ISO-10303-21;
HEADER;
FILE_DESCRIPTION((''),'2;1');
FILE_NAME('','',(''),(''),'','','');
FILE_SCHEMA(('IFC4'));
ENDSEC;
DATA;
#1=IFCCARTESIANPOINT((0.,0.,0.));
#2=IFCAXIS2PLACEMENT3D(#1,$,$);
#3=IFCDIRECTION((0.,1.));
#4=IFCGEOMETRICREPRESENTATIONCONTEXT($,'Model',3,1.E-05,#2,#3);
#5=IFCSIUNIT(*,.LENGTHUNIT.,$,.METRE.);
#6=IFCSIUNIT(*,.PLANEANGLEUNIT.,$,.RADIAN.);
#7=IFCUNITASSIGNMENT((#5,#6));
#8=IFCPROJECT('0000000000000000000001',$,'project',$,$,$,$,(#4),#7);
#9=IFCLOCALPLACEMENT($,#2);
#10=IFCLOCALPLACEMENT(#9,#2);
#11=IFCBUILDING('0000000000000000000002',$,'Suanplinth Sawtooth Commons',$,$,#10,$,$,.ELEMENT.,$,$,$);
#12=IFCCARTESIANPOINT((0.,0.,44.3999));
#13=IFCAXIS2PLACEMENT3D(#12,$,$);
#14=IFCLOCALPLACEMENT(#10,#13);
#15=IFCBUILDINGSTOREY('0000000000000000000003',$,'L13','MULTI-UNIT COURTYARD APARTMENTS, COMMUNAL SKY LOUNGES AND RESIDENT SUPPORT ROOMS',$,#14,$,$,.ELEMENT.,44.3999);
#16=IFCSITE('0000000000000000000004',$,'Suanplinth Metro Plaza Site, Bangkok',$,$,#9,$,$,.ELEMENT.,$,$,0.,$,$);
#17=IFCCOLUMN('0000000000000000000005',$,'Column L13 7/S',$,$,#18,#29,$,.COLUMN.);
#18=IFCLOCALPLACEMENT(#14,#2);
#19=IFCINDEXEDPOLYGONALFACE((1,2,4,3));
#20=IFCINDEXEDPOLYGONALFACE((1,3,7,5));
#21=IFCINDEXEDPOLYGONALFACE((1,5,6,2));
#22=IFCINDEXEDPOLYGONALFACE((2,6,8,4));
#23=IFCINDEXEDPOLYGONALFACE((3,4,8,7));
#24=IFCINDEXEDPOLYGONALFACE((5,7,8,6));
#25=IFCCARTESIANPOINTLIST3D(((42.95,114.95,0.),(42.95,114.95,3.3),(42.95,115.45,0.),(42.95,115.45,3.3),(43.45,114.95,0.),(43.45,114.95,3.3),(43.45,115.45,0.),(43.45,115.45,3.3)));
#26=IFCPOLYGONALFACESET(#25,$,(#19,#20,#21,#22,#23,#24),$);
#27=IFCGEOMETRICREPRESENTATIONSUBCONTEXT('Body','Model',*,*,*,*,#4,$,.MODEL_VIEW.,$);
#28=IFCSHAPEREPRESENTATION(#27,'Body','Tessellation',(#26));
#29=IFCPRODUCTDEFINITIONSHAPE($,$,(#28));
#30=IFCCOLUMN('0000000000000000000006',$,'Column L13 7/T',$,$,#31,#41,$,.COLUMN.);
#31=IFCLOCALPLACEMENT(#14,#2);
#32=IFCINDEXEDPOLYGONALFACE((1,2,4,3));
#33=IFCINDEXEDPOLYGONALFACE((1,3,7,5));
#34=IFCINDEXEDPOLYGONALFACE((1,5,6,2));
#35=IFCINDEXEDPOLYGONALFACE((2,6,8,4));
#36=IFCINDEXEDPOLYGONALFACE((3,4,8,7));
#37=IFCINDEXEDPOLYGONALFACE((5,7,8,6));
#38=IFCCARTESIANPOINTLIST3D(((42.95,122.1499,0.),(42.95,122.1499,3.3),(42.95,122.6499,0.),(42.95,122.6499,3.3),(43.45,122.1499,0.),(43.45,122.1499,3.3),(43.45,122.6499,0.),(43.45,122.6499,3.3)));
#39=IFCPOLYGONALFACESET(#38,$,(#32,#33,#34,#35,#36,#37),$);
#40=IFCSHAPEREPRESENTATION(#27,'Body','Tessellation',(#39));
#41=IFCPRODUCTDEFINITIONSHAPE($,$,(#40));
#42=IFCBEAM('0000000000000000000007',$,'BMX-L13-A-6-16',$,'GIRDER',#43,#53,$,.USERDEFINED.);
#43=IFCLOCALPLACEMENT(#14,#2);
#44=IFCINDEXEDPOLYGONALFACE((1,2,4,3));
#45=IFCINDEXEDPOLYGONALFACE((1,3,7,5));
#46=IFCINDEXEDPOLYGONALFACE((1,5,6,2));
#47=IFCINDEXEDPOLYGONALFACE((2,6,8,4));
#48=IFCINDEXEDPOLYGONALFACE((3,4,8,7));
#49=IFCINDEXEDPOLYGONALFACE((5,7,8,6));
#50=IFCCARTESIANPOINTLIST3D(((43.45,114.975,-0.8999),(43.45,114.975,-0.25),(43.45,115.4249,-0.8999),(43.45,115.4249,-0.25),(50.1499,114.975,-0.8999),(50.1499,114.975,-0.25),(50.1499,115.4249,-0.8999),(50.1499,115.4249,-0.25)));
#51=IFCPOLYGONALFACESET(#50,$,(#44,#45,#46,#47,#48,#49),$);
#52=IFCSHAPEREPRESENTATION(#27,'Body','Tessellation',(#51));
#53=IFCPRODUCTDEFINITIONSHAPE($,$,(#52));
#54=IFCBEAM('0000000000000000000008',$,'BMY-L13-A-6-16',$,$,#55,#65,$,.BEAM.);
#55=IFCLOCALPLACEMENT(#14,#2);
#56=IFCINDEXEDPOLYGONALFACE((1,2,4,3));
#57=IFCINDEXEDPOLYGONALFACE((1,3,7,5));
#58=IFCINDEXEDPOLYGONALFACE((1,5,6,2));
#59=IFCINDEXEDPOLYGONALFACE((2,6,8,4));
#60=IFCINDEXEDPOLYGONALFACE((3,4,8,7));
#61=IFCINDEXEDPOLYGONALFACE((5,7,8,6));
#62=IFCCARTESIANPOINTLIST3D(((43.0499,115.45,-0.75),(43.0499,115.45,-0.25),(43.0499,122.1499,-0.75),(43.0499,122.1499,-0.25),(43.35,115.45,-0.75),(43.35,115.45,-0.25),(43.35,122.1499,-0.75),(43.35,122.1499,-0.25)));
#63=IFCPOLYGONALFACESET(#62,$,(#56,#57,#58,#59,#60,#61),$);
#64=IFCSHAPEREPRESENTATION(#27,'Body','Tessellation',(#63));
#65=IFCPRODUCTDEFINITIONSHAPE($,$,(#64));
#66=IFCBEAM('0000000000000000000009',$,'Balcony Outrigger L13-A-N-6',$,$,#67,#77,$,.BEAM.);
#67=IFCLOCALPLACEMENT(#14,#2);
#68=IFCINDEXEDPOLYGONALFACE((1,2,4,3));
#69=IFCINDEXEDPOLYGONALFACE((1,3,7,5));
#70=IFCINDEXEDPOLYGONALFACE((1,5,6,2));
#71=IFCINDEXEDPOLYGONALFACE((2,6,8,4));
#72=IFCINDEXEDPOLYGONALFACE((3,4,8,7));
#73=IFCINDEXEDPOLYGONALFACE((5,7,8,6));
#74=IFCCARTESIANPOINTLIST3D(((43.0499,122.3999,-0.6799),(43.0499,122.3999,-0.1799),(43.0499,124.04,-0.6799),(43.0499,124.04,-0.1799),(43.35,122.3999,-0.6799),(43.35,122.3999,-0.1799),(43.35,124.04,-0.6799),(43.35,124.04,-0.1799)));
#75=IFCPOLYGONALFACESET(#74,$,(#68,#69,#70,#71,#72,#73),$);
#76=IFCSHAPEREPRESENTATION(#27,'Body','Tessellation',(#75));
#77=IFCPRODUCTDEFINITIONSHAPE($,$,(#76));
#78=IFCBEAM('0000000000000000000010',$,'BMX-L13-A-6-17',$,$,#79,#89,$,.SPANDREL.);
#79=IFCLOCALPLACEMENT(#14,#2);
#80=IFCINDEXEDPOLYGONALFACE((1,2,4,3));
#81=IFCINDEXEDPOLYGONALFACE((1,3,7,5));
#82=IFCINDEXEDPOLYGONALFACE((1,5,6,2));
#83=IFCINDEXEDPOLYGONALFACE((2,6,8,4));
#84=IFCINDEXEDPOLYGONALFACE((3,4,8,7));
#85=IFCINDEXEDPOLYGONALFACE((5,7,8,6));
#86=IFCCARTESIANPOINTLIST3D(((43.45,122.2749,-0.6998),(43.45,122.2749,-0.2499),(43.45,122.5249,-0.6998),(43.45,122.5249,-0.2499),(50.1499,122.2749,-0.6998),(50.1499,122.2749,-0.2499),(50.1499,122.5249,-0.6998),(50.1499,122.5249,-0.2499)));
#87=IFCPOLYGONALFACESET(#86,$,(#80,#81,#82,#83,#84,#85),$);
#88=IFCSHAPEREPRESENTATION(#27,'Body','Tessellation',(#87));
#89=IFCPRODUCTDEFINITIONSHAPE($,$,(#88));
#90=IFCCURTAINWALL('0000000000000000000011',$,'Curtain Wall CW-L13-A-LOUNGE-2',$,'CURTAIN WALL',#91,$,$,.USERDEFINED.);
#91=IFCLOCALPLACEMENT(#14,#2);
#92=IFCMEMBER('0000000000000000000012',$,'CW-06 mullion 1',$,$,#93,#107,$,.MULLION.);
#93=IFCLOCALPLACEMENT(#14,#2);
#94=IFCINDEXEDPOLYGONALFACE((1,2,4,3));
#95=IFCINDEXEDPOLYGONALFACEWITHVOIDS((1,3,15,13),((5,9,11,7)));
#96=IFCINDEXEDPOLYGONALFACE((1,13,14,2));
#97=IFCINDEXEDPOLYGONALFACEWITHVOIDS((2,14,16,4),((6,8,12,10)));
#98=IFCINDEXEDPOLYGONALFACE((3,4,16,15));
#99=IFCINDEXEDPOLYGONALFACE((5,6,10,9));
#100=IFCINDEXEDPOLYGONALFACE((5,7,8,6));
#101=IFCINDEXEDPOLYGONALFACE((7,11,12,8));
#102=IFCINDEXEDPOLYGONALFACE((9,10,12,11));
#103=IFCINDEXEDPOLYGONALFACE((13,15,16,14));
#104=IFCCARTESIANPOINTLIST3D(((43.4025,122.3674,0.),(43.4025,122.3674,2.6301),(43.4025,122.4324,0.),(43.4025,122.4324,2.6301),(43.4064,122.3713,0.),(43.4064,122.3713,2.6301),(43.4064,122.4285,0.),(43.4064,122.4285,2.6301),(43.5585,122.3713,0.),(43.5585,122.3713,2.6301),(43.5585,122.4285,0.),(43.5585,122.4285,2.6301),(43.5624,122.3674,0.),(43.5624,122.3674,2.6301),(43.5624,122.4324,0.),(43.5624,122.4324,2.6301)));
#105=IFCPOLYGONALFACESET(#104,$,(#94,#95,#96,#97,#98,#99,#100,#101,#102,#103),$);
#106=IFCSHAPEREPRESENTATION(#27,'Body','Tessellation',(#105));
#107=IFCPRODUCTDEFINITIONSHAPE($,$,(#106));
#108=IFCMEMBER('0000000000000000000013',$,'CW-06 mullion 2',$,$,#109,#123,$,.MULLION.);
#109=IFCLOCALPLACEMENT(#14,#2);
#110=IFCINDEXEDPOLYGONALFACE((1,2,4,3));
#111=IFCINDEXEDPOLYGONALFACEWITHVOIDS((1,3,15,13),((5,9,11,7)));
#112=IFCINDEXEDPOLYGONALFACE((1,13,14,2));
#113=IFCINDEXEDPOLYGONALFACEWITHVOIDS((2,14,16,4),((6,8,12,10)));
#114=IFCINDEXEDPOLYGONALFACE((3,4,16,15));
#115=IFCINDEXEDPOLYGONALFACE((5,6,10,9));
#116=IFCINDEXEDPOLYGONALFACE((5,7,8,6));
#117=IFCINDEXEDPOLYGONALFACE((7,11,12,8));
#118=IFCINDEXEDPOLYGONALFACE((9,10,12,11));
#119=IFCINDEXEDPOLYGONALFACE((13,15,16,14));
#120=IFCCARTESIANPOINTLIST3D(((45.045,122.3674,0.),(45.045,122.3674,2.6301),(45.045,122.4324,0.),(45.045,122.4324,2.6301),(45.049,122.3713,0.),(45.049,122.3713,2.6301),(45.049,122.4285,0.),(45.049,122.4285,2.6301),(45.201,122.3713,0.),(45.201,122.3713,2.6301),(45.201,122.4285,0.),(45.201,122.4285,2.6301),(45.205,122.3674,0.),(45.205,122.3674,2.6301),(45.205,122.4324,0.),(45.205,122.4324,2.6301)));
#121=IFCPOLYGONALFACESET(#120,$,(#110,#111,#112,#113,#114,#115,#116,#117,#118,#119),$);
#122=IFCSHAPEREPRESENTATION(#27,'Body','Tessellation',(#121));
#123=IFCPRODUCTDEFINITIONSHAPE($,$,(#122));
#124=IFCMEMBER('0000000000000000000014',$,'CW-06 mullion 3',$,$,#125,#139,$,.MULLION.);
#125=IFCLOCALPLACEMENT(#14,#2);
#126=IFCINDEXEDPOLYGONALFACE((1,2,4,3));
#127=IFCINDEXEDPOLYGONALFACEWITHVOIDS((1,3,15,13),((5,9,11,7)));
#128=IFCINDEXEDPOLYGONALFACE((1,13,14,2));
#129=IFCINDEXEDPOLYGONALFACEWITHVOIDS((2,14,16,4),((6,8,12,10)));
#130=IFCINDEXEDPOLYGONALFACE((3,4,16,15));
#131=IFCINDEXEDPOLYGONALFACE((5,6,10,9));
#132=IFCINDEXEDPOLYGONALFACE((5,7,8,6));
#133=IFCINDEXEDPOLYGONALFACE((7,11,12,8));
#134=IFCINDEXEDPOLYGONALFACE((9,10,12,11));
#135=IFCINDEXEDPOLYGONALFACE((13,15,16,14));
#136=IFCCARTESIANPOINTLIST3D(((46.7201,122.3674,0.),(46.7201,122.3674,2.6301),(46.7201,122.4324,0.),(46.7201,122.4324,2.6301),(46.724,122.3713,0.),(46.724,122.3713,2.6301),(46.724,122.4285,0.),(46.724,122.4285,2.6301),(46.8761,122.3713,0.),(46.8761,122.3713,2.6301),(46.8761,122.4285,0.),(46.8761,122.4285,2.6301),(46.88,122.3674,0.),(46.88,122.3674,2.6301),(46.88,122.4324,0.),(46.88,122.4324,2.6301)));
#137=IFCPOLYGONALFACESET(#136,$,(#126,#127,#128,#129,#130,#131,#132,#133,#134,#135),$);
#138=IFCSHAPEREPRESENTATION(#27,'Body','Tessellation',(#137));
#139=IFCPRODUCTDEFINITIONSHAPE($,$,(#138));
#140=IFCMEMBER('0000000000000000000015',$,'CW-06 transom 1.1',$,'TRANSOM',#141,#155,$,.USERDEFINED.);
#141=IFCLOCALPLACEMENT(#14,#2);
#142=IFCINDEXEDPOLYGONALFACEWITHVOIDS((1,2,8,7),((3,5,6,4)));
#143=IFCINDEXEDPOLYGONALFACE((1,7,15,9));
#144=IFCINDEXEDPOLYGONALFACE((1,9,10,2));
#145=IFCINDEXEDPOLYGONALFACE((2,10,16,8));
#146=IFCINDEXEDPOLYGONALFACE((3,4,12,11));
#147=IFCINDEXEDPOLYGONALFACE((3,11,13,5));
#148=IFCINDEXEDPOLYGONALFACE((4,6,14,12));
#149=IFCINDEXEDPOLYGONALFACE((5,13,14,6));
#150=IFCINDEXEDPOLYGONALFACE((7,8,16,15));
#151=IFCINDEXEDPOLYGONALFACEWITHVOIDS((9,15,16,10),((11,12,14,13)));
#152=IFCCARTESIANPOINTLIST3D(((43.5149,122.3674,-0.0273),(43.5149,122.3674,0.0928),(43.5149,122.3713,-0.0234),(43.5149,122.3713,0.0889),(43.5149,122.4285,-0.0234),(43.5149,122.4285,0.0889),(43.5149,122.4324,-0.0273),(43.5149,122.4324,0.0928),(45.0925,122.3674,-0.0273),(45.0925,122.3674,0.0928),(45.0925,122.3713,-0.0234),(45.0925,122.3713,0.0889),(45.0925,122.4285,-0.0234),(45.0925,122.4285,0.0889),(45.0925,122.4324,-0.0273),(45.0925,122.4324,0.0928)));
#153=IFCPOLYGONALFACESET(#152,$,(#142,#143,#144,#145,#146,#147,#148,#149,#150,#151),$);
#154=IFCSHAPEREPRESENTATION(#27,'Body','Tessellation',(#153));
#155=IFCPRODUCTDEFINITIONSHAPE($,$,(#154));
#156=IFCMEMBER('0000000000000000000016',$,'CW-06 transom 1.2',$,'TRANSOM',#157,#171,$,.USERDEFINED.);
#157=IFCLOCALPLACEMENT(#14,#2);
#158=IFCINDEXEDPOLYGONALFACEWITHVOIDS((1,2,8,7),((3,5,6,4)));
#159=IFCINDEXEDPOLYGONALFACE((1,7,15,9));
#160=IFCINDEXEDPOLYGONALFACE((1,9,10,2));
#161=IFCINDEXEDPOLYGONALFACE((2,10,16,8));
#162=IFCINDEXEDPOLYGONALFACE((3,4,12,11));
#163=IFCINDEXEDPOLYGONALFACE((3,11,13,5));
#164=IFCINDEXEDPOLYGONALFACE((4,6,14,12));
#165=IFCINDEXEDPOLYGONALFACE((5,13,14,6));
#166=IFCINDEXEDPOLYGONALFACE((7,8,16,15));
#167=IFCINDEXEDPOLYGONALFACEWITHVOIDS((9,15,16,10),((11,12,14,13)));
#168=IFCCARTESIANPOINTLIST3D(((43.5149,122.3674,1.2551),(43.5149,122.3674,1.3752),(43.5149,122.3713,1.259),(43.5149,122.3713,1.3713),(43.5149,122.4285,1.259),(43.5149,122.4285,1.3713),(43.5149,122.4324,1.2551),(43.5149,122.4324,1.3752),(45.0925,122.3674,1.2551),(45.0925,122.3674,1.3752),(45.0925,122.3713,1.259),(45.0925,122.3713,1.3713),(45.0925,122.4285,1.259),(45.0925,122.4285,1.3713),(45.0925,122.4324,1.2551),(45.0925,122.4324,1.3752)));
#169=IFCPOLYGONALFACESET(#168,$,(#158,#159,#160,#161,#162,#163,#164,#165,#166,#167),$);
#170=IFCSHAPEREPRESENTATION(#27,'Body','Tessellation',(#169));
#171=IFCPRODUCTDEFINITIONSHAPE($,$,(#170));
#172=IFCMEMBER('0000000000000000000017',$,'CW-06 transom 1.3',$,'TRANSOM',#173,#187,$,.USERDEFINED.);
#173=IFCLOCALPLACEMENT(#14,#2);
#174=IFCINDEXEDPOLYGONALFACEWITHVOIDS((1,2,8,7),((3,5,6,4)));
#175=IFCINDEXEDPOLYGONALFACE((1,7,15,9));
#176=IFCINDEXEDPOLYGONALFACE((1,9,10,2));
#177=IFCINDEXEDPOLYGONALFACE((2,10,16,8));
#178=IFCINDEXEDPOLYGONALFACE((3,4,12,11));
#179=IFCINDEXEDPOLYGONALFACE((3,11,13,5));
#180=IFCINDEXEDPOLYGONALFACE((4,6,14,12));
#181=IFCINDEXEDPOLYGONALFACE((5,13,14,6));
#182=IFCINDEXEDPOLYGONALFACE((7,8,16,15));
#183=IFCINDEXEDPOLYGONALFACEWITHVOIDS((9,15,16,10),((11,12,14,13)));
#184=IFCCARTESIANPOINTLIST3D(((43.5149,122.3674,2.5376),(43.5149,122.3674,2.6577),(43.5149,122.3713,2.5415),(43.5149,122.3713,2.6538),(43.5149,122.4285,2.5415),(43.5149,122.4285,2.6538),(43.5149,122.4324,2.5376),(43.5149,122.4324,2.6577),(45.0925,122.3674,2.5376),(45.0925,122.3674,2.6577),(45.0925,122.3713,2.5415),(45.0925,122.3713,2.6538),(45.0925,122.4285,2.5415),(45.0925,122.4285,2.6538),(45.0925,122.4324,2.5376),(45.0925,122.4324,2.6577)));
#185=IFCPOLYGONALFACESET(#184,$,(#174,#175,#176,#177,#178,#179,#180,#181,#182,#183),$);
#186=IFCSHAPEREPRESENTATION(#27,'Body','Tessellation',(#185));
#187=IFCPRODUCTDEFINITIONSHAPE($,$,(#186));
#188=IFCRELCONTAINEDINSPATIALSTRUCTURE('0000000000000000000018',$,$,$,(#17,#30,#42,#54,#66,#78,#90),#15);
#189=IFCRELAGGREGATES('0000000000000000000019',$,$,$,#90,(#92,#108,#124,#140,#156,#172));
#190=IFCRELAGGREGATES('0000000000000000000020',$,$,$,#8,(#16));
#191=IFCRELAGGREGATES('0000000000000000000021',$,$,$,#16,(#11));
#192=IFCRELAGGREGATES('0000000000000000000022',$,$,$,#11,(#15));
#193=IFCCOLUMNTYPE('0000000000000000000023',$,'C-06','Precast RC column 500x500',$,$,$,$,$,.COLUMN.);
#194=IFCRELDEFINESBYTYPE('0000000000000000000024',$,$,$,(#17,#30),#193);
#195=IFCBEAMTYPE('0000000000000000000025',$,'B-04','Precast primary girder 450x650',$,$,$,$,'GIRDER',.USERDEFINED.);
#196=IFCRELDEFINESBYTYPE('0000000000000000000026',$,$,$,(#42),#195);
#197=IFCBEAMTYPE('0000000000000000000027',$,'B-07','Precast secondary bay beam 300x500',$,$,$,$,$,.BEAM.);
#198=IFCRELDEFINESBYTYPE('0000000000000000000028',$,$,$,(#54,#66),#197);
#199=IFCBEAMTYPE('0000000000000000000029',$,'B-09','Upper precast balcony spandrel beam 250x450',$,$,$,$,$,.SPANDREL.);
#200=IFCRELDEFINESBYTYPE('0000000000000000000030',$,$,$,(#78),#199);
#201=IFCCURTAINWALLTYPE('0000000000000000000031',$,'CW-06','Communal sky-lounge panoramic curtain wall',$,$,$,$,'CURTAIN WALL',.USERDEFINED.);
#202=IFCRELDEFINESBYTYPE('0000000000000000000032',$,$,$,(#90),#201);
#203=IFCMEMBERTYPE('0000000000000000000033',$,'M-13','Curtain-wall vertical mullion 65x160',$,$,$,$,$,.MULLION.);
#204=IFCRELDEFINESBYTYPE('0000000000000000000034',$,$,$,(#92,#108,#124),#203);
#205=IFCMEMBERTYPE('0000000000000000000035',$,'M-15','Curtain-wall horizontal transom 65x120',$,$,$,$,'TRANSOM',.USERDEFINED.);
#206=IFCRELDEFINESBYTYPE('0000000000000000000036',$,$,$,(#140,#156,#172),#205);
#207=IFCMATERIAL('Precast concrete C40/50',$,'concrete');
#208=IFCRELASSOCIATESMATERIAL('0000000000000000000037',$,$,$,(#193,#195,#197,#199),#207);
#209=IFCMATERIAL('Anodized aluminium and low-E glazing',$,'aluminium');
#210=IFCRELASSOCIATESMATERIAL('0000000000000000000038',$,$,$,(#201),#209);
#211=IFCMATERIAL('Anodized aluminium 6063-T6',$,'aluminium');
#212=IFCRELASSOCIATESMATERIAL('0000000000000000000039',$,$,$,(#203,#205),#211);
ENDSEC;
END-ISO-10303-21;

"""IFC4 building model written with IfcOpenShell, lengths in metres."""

from ifc_helpers import new_model, si_unit, direction, frame, origin, origin_2d, place, context, subcontext, project, spatial, rectangle, hollow_rectangle, extrude, material, material_profile, profile_set, type_object, element, aggregate, save


model = new_model("IFC4")

# Units and contexts
model_context = context("Model", 3, precision=1e-05, world=origin(), true_north=direction((0.0, 1.0)))
body_context = subcontext(model_context, "Body", "Model", "MODEL_VIEW")
ifc_project = project(units=[si_unit("LENGTHUNIT", "METRE"), si_unit("PLANEANGLEUNIT", "RADIAN")], contexts=[model_context])

# Site, building, storey
site_placement = place(None, origin())
site = spatial("IfcSite", under=ifc_project, at=site_placement, Name="Suanplinth Metro Plaza Site, Bangkok", CompositionType="ELEMENT", RefElevation=0.0)
building_placement = place(site_placement, origin())
building = spatial("IfcBuilding", under=site, at=building_placement, Name="Suanplinth Sawtooth Commons", CompositionType="ELEMENT")
storey_placement = place(building_placement, frame((0.0, 0.0, 44.3999)))
storey = spatial("IfcBuildingStorey", under=building, at=storey_placement, Name="L13", Description="MULTI-UNIT COURTYARD APARTMENTS, COMMUNAL SKY LOUNGES AND RESIDENT SUPPORT ROOMS", CompositionType="ELEMENT", Elevation=44.3999)

# Columns
ifc_material_1 = material(Name="Precast concrete C40/50", Category="concrete")
ifc_material_profile_1 = material_profile(ifc_material_1, rectangle(XDim=0.5, YDim=0.5, at=origin_2d()), Name="PC-COL 500x500")
ifc_profile_set_1 = profile_set([ifc_material_profile_1], Name="Precast concrete C40/50")
column_type = type_object("IfcColumnType", Name="C-06", Description="Precast RC column 500x500", PredefinedType="COLUMN", material=ifc_profile_set_1)
for number, where, z_axis, x_axis, name in (
    (1, (43.2, 115.2, 0.0), (0.0, 0.0, 1.0), (1.0, 0.0, 0.0), "Column L13 7/S"),
    (2, (43.2, 122.3999, 0.0), (0.0, 0.0, 1.0), (1.0, 0.0, 0.0), "Column L13 7/T"),
):
    element("IfcColumn", number, at=place(storey_placement, frame(where, z_axis=z_axis, x_axis=x_axis)), inside=storey, type_object=column_type, Name=name, PredefinedType="COLUMN", context=body_context, shape_type="SweptSolid", body=[
        extrude(rectangle(XDim=0.5, YDim=0.5, at=origin_2d()), origin(), (0.0, 0.0, 1.0), 3.3),
    ])

# Beams
ifc_material_profile_2 = material_profile(ifc_material_1, rectangle(XDim=0.45, YDim=0.6499, at=origin_2d()), Name="PC-GDR 450x650")
ifc_profile_set_2 = profile_set([ifc_material_profile_2], Name="Precast concrete C40/50")
beam_type_1 = type_object("IfcBeamType", Name="B-04", Description="Precast primary girder 450x650", ElementType="GIRDER", PredefinedType="USERDEFINED", material=ifc_profile_set_2)
beam_1_placement = place(storey_placement, frame((43.45, 115.2, -0.575), z_axis=(1.0, 0.0, 0.0), x_axis=(0.0, 1.0, 0.0)))
element("IfcBeam", 3, at=beam_1_placement, inside=storey, type_object=beam_type_1, Name="BMX-L13-A-6-16", ObjectType="GIRDER", PredefinedType="USERDEFINED", context=body_context, shape_type="SweptSolid", body=[
    extrude(rectangle(XDim=0.45, YDim=0.6499, at=origin_2d()), origin(), (0.0, 0.0, 1.0), 6.7),
])
ifc_material_profile_3 = material_profile(ifc_material_1, rectangle(XDim=0.3, YDim=0.5, at=origin_2d()), Name="PC-BM 300x500")
ifc_profile_set_3 = profile_set([ifc_material_profile_3], Name="Precast concrete C40/50")
beam_type_2 = type_object("IfcBeamType", Name="B-07", Description="Precast secondary bay beam 300x500", PredefinedType="BEAM", material=ifc_profile_set_3)
beam_2_placement = place(storey_placement, frame((43.2, 115.45, -0.5), z_axis=(0.0, 1.0, 0.0), x_axis=(-1.0, 0.0, 0.0)))
element("IfcBeam", 4, at=beam_2_placement, inside=storey, type_object=beam_type_2, Name="BMY-L13-A-6-16", PredefinedType="BEAM", context=body_context, shape_type="SweptSolid", body=[
    extrude(rectangle(XDim=0.3, YDim=0.5, at=origin_2d()), origin(), (0.0, 0.0, 1.0), 6.7),
])
beam_3_placement = place(storey_placement, frame((43.2, 122.3999, -0.4299), z_axis=(0.0, 1.0, 0.0), x_axis=(-1.0, 0.0, 0.0)))
element("IfcBeam", 5, at=beam_3_placement, inside=storey, type_object=beam_type_2, Name="Balcony Outrigger L13-A-N-6", PredefinedType="BEAM", context=body_context, shape_type="SweptSolid", body=[
    extrude(rectangle(XDim=0.3, YDim=0.5, at=origin_2d()), origin(), (0.0, 0.0, 1.0), 1.6401),
])
ifc_material_profile_4 = material_profile(ifc_material_1, rectangle(XDim=0.25, YDim=0.45, at=origin_2d()), Name="PC-SP 250x450")
ifc_profile_set_4 = profile_set([ifc_material_profile_4], Name="Precast concrete C40/50")
beam_type_3 = type_object("IfcBeamType", Name="B-09", Description="Upper precast balcony spandrel beam 250x450", PredefinedType="SPANDREL", material=ifc_profile_set_4)
beam_4_placement = place(storey_placement, frame((43.45, 122.3999, -0.4749), z_axis=(1.0, 0.0, 0.0), x_axis=(0.0, 1.0, 0.0)))
element("IfcBeam", 6, at=beam_4_placement, inside=storey, type_object=beam_type_3, Name="BMX-L13-A-6-17", PredefinedType="SPANDREL", context=body_context, shape_type="SweptSolid", body=[
    extrude(rectangle(XDim=0.25, YDim=0.45, at=origin_2d()), origin(), (0.0, 0.0, 1.0), 6.7),
])

# Curtain wall, members
ifc_material_2 = material(Name="Anodized aluminium and low-E glazing", Category="aluminium")
curtain_wall_type = type_object("IfcCurtainWallType", Name="CW-06", Description="Communal sky-lounge panoramic curtain wall", ElementType="CURTAIN WALL", PredefinedType="USERDEFINED", material=ifc_material_2)
curtain_wall_placement = place(storey_placement, origin())
curtain_wall = element("IfcCurtainWall", 7, at=curtain_wall_placement, inside=storey, type_object=curtain_wall_type, Name="Curtain Wall CW-L13-A-LOUNGE-2", ObjectType="CURTAIN WALL", PredefinedType="USERDEFINED")
ifc_material_3 = material(Name="Anodized aluminium 6063-T6", Category="aluminium")
ifc_material_profile_5 = material_profile(ifc_material_3, hollow_rectangle(XDim=0.0649, YDim=0.1599, WallThickness=0.0039, at=origin_2d()), Name="ALU-MUL 65x160")
ifc_profile_set_5 = profile_set([ifc_material_profile_5], Name="Anodized aluminium 6063-T6")
member_type_1 = type_object("IfcMemberType", Name="M-13", Description="Curtain-wall vertical mullion 65x160", PredefinedType="MULLION", material=ifc_profile_set_5)
member_1_placement = place(storey_placement, frame((43.4824, 122.3999, 0.0), z_axis=(0.0, 0.0, 1.0), x_axis=(0.0, 1.0, 0.0)))
member_1 = element("IfcMember", 8, at=member_1_placement, type_object=member_type_1, Name="CW-06 mullion 1", PredefinedType="MULLION", context=body_context, shape_type="SweptSolid", body=[
    extrude(hollow_rectangle(XDim=0.0649, YDim=0.1599, WallThickness=0.0039, at=origin_2d()), origin(), (0.0, 0.0, 1.0), 2.6301),
])
member_2_placement = place(storey_placement, frame((45.125, 122.3999, 0.0), z_axis=(0.0, 0.0, 1.0), x_axis=(0.0, 1.0, 0.0)))
member_2 = element("IfcMember", 9, at=member_2_placement, type_object=member_type_1, Name="CW-06 mullion 2", PredefinedType="MULLION", context=body_context, shape_type="SweptSolid", body=[
    extrude(hollow_rectangle(XDim=0.0649, YDim=0.1599, WallThickness=0.0039, at=origin_2d()), origin(), (0.0, 0.0, 1.0), 2.6301),
])
member_3_placement = place(storey_placement, frame((46.8, 122.3999, 0.0), z_axis=(0.0, 0.0, 1.0), x_axis=(0.0, 1.0, 0.0)))
member_3 = element("IfcMember", 10, at=member_3_placement, type_object=member_type_1, Name="CW-06 mullion 3", PredefinedType="MULLION", context=body_context, shape_type="SweptSolid", body=[
    extrude(hollow_rectangle(XDim=0.0649, YDim=0.1599, WallThickness=0.0039, at=origin_2d()), origin(), (0.0, 0.0, 1.0), 2.6301),
])
ifc_material_profile_6 = material_profile(ifc_material_3, hollow_rectangle(XDim=0.0649, YDim=0.1201, WallThickness=0.0039, at=origin_2d()), Name="ALU-TRN 65x120")
ifc_profile_set_6 = profile_set([ifc_material_profile_6], Name="Anodized aluminium 6063-T6")
member_type_2 = type_object("IfcMemberType", Name="M-15", Description="Curtain-wall horizontal transom 65x120", ElementType="TRANSOM", PredefinedType="USERDEFINED", material=ifc_profile_set_6)
member_4_placement = place(storey_placement, frame((43.5149, 122.3999, 0.0327), z_axis=(1.0, 0.0, 0.0), x_axis=(0.0, 1.0, 0.0)))
member_4 = element("IfcMember", 11, at=member_4_placement, type_object=member_type_2, Name="CW-06 transom 1.1", ObjectType="TRANSOM", PredefinedType="USERDEFINED", context=body_context, shape_type="SweptSolid", body=[
    extrude(hollow_rectangle(XDim=0.0649, YDim=0.1201, WallThickness=0.0039, at=origin_2d()), origin(), (0.0, 0.0, 1.0), 1.5776),
])
member_5_placement = place(storey_placement, frame((43.5149, 122.3999, 1.3152), z_axis=(1.0, 0.0, 0.0), x_axis=(0.0, 1.0, 0.0)))
member_5 = element("IfcMember", 12, at=member_5_placement, type_object=member_type_2, Name="CW-06 transom 1.2", ObjectType="TRANSOM", PredefinedType="USERDEFINED", context=body_context, shape_type="SweptSolid", body=[
    extrude(hollow_rectangle(XDim=0.0649, YDim=0.1201, WallThickness=0.0039, at=origin_2d()), origin(), (0.0, 0.0, 1.0), 1.5776),
])
member_6_placement = place(storey_placement, frame((43.5149, 122.3999, 2.5977), z_axis=(1.0, 0.0, 0.0), x_axis=(0.0, 1.0, 0.0)))
member_6 = element("IfcMember", 13, at=member_6_placement, type_object=member_type_2, Name="CW-06 transom 1.3", ObjectType="TRANSOM", PredefinedType="USERDEFINED", context=body_context, shape_type="SweptSolid", body=[
    extrude(hollow_rectangle(XDim=0.0649, YDim=0.1201, WallThickness=0.0039, at=origin_2d()), origin(), (0.0, 0.0, 1.0), 1.5776),
])
aggregate(curtain_wall, [member_1, member_2, member_3, member_4, member_5, member_6])

save(model, "model.ifc")
